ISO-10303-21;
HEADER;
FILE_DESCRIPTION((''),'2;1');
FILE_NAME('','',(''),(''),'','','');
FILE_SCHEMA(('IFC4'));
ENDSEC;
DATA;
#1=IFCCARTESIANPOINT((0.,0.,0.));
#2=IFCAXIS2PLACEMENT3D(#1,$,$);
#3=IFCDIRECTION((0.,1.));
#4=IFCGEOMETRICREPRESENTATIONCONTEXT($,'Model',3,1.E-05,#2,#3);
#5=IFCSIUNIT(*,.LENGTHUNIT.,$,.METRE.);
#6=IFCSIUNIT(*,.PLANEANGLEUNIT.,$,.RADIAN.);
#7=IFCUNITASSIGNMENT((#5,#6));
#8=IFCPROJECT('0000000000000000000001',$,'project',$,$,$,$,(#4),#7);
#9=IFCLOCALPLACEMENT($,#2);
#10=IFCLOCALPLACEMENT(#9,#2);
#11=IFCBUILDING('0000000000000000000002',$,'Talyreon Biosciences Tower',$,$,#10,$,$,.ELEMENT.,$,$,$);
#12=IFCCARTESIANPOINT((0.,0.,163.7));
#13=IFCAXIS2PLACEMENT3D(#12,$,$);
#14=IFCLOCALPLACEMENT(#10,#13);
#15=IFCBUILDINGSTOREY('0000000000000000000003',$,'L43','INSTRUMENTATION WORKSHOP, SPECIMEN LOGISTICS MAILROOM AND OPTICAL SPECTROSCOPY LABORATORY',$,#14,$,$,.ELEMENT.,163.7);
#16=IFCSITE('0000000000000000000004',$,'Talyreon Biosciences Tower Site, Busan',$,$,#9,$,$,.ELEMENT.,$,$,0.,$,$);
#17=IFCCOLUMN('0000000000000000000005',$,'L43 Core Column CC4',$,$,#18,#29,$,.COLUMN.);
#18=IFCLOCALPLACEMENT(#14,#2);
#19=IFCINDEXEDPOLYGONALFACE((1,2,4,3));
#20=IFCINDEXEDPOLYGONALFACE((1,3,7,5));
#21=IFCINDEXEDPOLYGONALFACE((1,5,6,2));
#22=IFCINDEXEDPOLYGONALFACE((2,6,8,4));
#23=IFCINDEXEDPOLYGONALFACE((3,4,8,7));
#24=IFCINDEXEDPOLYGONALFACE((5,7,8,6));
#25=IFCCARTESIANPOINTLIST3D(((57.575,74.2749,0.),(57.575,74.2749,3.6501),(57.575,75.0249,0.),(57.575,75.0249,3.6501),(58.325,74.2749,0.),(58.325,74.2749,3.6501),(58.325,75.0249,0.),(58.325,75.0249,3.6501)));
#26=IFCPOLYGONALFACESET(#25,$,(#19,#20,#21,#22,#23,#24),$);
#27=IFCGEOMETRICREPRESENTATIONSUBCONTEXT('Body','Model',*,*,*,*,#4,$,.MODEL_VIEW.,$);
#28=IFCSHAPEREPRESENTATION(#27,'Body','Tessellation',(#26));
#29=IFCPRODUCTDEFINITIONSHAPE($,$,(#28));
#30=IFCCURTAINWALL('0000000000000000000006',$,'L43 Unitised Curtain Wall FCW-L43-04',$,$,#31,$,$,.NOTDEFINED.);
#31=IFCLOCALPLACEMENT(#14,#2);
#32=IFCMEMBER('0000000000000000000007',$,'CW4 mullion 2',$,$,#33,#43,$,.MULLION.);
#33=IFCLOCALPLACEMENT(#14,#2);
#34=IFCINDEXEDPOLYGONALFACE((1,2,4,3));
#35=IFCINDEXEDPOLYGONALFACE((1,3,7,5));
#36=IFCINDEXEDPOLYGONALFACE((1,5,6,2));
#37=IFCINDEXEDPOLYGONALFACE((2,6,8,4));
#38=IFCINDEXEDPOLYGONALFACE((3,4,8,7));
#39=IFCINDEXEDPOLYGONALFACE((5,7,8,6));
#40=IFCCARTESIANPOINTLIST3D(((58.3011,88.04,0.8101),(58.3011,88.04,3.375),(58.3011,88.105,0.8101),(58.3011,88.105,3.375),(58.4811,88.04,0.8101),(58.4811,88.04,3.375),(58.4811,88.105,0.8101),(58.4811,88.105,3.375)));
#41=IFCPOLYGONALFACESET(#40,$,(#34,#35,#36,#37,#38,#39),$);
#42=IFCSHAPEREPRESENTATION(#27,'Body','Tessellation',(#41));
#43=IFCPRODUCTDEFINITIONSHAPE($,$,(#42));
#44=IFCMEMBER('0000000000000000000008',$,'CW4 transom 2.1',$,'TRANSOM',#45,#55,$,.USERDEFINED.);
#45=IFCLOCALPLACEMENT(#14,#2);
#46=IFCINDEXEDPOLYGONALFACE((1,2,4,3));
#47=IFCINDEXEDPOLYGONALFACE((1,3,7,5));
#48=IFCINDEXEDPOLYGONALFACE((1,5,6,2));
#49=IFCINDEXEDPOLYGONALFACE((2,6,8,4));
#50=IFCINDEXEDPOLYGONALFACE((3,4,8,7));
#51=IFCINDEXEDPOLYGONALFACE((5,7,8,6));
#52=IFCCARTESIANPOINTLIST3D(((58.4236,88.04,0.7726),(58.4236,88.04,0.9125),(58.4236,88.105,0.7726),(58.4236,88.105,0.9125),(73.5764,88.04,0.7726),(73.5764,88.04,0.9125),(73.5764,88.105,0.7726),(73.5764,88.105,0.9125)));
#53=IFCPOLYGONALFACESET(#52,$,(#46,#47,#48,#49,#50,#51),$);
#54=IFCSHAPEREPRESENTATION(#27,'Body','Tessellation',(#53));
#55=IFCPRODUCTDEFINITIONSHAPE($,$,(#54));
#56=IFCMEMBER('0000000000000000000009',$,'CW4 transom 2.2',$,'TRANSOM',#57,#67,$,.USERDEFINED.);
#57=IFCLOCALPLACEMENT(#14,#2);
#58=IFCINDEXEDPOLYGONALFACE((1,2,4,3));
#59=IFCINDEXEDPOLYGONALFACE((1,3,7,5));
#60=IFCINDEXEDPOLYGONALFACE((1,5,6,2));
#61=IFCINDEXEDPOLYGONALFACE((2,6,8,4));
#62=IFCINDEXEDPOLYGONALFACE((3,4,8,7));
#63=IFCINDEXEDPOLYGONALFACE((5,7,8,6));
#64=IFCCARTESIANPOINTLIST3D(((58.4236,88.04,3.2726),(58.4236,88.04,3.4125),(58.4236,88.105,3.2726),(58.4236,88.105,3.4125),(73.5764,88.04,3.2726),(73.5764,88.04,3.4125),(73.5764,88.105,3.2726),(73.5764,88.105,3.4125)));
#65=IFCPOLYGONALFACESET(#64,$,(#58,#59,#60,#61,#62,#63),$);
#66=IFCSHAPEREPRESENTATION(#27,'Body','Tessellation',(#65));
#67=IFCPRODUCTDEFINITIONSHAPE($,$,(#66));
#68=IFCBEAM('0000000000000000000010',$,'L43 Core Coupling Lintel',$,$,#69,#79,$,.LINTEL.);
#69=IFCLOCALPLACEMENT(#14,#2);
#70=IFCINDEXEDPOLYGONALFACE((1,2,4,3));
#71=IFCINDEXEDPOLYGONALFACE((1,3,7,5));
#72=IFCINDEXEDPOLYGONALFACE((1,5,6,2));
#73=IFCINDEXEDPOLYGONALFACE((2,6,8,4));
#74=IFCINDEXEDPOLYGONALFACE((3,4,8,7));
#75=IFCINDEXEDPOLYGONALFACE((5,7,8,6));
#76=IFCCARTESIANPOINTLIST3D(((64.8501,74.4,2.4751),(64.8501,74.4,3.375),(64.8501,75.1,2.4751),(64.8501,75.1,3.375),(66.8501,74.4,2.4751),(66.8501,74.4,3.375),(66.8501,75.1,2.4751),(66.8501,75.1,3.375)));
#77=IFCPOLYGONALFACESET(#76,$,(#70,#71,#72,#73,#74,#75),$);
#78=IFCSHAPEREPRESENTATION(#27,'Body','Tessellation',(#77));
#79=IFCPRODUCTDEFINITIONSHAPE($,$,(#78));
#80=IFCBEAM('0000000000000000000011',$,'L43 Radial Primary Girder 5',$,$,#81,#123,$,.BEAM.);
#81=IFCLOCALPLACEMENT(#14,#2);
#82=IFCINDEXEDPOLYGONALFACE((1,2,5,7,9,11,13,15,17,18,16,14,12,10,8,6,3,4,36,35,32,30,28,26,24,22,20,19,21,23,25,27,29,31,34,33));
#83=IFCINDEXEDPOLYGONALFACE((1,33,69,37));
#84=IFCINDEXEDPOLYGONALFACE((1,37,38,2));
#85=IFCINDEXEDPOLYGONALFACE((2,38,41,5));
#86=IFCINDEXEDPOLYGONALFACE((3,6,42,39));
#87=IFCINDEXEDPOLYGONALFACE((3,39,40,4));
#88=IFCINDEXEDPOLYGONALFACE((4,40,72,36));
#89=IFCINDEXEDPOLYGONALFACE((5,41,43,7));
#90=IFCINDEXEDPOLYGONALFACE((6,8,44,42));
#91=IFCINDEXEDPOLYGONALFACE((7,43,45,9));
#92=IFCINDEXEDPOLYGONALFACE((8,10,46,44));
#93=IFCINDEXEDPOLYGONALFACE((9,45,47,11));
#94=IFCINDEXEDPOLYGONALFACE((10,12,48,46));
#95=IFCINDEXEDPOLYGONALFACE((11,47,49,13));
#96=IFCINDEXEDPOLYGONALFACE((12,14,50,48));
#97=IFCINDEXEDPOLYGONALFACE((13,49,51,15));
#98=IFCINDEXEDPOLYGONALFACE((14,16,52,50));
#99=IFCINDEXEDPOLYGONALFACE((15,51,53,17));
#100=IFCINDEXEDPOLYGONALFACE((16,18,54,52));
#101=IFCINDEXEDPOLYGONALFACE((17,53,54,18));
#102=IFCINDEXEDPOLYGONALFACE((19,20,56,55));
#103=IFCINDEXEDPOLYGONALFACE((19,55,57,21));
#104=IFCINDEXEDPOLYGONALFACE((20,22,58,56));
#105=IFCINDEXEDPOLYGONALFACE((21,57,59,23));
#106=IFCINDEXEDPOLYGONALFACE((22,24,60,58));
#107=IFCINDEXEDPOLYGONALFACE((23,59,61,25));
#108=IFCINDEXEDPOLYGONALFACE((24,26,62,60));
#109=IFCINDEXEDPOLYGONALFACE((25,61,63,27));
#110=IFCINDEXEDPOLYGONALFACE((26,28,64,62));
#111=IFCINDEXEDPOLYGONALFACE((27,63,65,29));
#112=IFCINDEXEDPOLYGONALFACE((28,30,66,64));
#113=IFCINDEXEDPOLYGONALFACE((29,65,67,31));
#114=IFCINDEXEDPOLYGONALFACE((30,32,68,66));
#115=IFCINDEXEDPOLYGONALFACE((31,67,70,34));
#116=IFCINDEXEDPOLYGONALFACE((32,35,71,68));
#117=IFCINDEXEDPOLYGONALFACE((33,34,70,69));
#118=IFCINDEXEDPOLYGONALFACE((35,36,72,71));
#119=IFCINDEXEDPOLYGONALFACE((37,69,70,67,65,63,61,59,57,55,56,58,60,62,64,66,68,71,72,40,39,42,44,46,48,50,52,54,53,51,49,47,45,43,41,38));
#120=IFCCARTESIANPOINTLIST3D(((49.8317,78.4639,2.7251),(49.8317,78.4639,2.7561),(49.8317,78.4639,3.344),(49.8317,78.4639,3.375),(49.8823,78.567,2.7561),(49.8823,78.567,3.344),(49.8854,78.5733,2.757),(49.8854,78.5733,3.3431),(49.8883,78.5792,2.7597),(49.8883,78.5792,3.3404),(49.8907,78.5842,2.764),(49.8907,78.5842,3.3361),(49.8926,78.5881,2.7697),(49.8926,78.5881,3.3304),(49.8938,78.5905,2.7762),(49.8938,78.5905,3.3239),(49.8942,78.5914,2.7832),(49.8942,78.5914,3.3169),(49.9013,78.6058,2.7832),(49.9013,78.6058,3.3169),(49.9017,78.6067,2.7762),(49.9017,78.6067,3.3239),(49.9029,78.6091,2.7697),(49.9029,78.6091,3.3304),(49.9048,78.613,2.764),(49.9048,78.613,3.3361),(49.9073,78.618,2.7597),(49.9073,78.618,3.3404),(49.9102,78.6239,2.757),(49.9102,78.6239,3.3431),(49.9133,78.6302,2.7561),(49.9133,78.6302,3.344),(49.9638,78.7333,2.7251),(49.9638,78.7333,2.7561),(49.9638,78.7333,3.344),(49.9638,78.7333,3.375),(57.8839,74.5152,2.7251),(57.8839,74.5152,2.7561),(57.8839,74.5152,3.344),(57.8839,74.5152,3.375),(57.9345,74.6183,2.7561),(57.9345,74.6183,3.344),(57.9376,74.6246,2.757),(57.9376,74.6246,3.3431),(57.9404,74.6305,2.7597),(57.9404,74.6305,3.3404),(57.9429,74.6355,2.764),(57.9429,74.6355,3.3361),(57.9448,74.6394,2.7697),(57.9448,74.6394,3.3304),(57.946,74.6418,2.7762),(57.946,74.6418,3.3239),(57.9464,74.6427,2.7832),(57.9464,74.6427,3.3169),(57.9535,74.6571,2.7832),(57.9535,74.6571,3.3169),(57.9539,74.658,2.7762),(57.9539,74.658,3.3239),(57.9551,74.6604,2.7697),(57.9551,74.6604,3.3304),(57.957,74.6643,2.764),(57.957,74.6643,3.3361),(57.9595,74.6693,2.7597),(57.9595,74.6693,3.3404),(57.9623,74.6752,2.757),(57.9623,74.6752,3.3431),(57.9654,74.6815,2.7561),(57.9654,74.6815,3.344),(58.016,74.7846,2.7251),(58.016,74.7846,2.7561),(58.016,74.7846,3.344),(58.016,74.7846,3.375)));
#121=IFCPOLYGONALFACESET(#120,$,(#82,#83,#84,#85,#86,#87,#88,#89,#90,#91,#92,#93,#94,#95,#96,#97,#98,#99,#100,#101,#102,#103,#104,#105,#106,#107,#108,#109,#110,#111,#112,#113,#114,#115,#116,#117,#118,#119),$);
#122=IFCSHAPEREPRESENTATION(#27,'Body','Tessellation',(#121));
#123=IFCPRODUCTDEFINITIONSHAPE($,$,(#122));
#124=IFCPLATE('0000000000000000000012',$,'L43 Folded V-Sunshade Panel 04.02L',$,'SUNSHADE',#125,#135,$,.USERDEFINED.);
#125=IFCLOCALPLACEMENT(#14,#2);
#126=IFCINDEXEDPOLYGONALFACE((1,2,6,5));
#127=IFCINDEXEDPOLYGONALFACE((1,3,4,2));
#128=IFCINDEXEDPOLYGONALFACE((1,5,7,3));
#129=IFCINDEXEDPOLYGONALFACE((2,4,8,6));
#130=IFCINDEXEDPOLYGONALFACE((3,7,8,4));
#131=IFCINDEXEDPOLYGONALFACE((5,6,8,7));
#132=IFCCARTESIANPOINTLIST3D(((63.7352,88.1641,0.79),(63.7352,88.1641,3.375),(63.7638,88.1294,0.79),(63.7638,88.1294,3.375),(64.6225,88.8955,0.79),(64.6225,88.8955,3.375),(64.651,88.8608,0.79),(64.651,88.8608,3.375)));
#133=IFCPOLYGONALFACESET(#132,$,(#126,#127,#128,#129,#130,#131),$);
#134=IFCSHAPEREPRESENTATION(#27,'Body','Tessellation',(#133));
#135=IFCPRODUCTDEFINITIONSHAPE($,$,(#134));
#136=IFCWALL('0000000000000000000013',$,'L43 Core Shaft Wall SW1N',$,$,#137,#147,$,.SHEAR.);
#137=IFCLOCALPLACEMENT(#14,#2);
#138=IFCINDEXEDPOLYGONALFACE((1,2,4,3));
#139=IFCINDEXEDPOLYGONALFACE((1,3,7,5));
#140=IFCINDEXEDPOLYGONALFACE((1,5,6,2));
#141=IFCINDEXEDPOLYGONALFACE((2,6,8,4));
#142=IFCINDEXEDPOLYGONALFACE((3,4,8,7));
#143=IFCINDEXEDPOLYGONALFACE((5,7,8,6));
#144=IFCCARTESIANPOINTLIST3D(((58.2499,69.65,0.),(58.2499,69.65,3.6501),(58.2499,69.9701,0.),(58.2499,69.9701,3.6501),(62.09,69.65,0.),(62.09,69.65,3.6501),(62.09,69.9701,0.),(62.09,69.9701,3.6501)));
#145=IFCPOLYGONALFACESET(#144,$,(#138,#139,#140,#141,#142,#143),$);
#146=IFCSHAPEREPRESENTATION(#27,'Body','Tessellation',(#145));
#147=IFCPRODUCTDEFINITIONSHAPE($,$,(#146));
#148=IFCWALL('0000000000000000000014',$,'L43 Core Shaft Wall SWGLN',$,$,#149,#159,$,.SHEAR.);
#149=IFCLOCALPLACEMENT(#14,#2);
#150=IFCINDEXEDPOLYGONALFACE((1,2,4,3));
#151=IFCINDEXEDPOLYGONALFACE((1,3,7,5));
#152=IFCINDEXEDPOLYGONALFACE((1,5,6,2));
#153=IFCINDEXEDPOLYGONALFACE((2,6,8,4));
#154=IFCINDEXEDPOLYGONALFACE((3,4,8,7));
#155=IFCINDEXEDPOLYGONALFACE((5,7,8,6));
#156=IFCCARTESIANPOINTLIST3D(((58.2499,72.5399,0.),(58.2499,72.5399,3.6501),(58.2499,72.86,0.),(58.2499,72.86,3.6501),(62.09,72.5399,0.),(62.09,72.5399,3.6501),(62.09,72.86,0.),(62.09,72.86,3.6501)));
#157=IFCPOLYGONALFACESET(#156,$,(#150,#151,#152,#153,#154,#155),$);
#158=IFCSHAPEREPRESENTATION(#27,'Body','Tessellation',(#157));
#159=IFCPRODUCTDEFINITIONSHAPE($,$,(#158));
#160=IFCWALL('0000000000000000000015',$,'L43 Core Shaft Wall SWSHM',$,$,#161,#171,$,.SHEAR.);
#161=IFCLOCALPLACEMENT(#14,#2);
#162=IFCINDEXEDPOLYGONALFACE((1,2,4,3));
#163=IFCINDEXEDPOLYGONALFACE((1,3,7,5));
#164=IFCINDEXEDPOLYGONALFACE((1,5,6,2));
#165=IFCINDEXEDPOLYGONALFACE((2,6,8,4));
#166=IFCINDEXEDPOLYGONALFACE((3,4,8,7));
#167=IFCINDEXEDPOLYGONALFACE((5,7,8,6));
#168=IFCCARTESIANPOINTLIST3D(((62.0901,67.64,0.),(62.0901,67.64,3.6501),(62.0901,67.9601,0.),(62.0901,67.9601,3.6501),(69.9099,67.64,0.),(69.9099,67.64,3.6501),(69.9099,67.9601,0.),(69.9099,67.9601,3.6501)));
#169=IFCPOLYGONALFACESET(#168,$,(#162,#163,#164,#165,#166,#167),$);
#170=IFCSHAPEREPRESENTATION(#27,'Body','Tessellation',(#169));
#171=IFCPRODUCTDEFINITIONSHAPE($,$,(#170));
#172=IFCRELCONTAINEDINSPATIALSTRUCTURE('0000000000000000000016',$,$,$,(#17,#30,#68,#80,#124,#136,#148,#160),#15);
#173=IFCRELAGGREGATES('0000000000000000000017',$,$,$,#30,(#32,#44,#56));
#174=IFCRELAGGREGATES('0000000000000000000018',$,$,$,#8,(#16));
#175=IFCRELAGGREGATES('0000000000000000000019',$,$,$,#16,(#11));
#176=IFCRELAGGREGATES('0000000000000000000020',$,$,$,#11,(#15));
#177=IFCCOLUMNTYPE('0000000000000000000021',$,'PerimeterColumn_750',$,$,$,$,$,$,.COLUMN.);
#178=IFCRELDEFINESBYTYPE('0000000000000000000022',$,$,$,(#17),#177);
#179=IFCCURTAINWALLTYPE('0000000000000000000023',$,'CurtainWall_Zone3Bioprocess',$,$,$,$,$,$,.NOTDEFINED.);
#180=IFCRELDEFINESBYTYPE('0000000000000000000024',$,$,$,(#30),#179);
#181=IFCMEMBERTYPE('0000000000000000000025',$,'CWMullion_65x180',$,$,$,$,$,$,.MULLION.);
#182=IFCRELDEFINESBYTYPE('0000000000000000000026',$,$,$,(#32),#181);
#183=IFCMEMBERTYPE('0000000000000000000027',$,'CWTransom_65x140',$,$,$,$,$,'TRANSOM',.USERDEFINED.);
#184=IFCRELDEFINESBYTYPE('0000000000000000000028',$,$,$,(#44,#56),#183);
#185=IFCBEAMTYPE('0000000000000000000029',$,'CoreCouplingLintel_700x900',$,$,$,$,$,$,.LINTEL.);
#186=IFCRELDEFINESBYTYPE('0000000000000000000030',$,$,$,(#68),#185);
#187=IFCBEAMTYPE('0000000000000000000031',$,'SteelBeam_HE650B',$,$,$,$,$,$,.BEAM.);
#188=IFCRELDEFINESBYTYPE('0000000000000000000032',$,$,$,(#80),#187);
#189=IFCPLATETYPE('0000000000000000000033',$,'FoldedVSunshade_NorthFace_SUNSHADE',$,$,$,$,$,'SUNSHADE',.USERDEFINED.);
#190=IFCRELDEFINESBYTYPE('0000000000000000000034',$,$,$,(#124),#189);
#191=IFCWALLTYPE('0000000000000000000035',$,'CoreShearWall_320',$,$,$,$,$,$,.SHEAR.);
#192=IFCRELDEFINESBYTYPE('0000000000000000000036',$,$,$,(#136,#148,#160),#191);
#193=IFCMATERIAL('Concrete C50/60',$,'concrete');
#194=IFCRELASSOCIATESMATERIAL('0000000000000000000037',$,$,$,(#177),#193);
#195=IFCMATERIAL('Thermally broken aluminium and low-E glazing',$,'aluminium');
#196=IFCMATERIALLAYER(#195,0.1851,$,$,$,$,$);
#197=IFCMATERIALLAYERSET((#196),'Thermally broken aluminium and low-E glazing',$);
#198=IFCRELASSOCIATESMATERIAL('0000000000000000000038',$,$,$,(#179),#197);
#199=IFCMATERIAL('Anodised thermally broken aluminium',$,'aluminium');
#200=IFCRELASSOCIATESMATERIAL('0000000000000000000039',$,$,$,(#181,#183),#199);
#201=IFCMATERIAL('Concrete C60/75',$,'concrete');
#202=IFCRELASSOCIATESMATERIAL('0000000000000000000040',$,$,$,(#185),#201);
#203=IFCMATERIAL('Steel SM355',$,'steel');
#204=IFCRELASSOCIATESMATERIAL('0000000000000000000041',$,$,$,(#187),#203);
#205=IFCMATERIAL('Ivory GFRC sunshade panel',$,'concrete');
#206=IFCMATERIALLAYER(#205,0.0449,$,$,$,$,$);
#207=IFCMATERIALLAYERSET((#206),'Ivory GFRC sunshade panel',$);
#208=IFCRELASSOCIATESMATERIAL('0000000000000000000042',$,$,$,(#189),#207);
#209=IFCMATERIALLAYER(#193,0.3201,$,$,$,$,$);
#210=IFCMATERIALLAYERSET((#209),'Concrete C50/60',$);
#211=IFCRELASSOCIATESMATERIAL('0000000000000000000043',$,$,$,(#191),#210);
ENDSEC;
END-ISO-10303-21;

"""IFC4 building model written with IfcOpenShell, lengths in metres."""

from ifc_helpers import new_model, si_unit, direction, frame, frame_2d, origin, origin_2d, place, context, subcontext, project, spatial, rectangle, i_section, extrude, material, layer, layer_set, material_profile, profile_set, type_object, element, aggregate, save


model = new_model("IFC4")

# Units and contexts
model_context = context("Model", 3, precision=1e-05, world=origin(), true_north=direction((0.0, 1.0)))
body_context = subcontext(model_context, "Body", "Model", "MODEL_VIEW")
ifc_project = project(units=[si_unit("LENGTHUNIT", "METRE"), si_unit("PLANEANGLEUNIT", "RADIAN")], contexts=[model_context])

# Site, building, storey
site_placement = place(None, origin())
site = spatial("IfcSite", under=ifc_project, at=site_placement, Name="Talyreon Biosciences Tower Site, Busan", CompositionType="ELEMENT", RefElevation=0.0)
building_placement = place(site_placement, origin())
building = spatial("IfcBuilding", under=site, at=building_placement, Name="Talyreon Biosciences Tower", CompositionType="ELEMENT")
storey_placement = place(building_placement, frame((0.0, 0.0, 163.7)))
storey = spatial("IfcBuildingStorey", under=building, at=storey_placement, Name="L43", Description="INSTRUMENTATION WORKSHOP, SPECIMEN LOGISTICS MAILROOM AND OPTICAL SPECTROSCOPY LABORATORY", CompositionType="ELEMENT", Elevation=163.7)

# Column
ifc_material_1 = material(Name="Concrete C50/60", Category="concrete")
ifc_material_profile_1 = material_profile(ifc_material_1, rectangle(XDim=0.75, YDim=0.75, at=origin_2d()), Name="RC 750x750")
ifc_profile_set_1 = profile_set([ifc_material_profile_1], Name="Concrete C50/60")
column_type = type_object("IfcColumnType", Name="PerimeterColumn_750", PredefinedType="COLUMN", material=ifc_profile_set_1)
column_placement = place(storey_placement, frame((57.95, 74.6499, 0.0), z_axis=(0.0, 0.0, 1.0), x_axis=(1.0, 0.0, 0.0)))
element("IfcColumn", 1, at=column_placement, inside=storey, type_object=column_type, Name="L43 Core Column CC4", PredefinedType="COLUMN", context=body_context, shape_type="SweptSolid", body=[
    extrude(rectangle(XDim=0.75, YDim=0.75, at=origin_2d()), origin(), (0.0, 0.0, 1.0), 3.6501),
])

# Curtain wall, members
ifc_material_2 = material(Name="Thermally broken aluminium and low-E glazing", Category="aluminium")
ifc_layer_1 = layer(ifc_material_2, 0.1851)
ifc_layer_set_1 = layer_set([ifc_layer_1], Name="Thermally broken aluminium and low-E glazing")
curtain_wall_type = type_object("IfcCurtainWallType", Name="CurtainWall_Zone3Bioprocess", PredefinedType="NOTDEFINED", material=ifc_layer_set_1)
curtain_wall_placement = place(storey_placement, origin())
curtain_wall = element("IfcCurtainWall", 2, at=curtain_wall_placement, inside=storey, type_object=curtain_wall_type, Name="L43 Unitised Curtain Wall FCW-L43-04", PredefinedType="NOTDEFINED")
ifc_material_3 = material(Name="Anodised thermally broken aluminium", Category="aluminium")
ifc_material_profile_2 = material_profile(ifc_material_3, rectangle(XDim=0.0649, YDim=0.1799, at=origin_2d()), Name="ALUM MULLION 65x180")
ifc_profile_set_2 = profile_set([ifc_material_profile_2], Name="Anodised thermally broken aluminium")
member_type_1 = type_object("IfcMemberType", Name="CWMullion_65x180", PredefinedType="MULLION", material=ifc_profile_set_2)
member_1_placement = place(storey_placement, frame((58.3911, 88.0725, 0.8101), z_axis=(0.0, 0.0, 1.0), x_axis=(0.0, 1.0, 0.0)))
member_1 = element("IfcMember", 3, at=member_1_placement, type_object=member_type_1, Name="CW4 mullion 2", PredefinedType="MULLION", context=body_context, shape_type="SweptSolid", body=[
    extrude(rectangle(XDim=0.0649, YDim=0.1799, at=origin_2d()), origin(), (0.0, 0.0, 1.0), 2.5649),
])
ifc_material_profile_3 = material_profile(ifc_material_3, rectangle(XDim=0.0649, YDim=0.1399, at=origin_2d()), Name="ALUM TRANSOM 65x140")
ifc_profile_set_3 = profile_set([ifc_material_profile_3], Name="Anodised thermally broken aluminium")
member_type_2 = type_object("IfcMemberType", Name="CWTransom_65x140", ElementType="TRANSOM", PredefinedType="USERDEFINED", material=ifc_profile_set_3)
member_2_placement = place(storey_placement, frame((58.4236, 88.0725, 0.8425), z_axis=(1.0, 0.0, 0.0), x_axis=(0.0, 1.0, 0.0)))
member_2 = element("IfcMember", 4, at=member_2_placement, type_object=member_type_2, Name="CW4 transom 2.1", ObjectType="TRANSOM", PredefinedType="USERDEFINED", context=body_context, shape_type="SweptSolid", body=[
    extrude(rectangle(XDim=0.0649, YDim=0.1399, at=origin_2d()), origin(), (0.0, 0.0, 1.0), 15.1528),
])
member_3_placement = place(storey_placement, frame((58.4236, 88.0725, 3.3425), z_axis=(1.0, 0.0, 0.0), x_axis=(0.0, 1.0, 0.0)))
member_3 = element("IfcMember", 5, at=member_3_placement, type_object=member_type_2, Name="CW4 transom 2.2", ObjectType="TRANSOM", PredefinedType="USERDEFINED", context=body_context, shape_type="SweptSolid", body=[
    extrude(rectangle(XDim=0.0649, YDim=0.1399, at=origin_2d()), origin(), (0.0, 0.0, 1.0), 15.1528),
])
aggregate(curtain_wall, [member_1, member_2, member_3])

# Beams
ifc_material_4 = material(Name="Concrete C60/75", Category="concrete")
ifc_material_profile_4 = material_profile(ifc_material_4, rectangle(XDim=0.7, YDim=0.8999, at=origin_2d()), Name="RCB 700x900")
ifc_profile_set_4 = profile_set([ifc_material_profile_4], Name="Concrete C60/75")
beam_type_1 = type_object("IfcBeamType", Name="CoreCouplingLintel_700x900", PredefinedType="LINTEL", material=ifc_profile_set_4)
beam_1_placement = place(storey_placement, frame((64.8501, 74.75, 2.925), z_axis=(1.0, 0.0, 0.0), x_axis=(0.0, 1.0, 0.0)))
element("IfcBeam", 6, at=beam_1_placement, inside=storey, type_object=beam_type_1, Name="L43 Core Coupling Lintel", PredefinedType="LINTEL", context=body_context, shape_type="SweptSolid", body=[
    extrude(rectangle(XDim=0.7, YDim=0.8999, at=origin_2d()), origin(), (0.0, 0.0, 1.0), 2.0),
])
ifc_material_5 = material(Name="Steel SM355", Category="steel")
ifc_material_profile_5 = material_profile(ifc_material_5, i_section(OverallWidth=0.3, OverallDepth=0.6499, WebThickness=0.0161, FlangeThickness=0.031, FilletRadius=0.0271, at=origin_2d()), Name="HE650B")
ifc_profile_set_5 = profile_set([ifc_material_profile_5], Name="Steel SM355")
beam_type_2 = type_object("IfcBeamType", Name="SteelBeam_HE650B", PredefinedType="BEAM", material=ifc_profile_set_5)
beam_2_placement = place(storey_placement, frame((57.95, 74.6499, 3.05), z_axis=(-0.897852, 0.440297, 0.0), x_axis=(-0.440297, -0.897852, 0.0)))
element("IfcBeam", 7, at=beam_2_placement, inside=storey, type_object=beam_type_2, Name="L43 Radial Primary Girder 5", PredefinedType="BEAM", context=body_context, shape_type="SweptSolid", body=[
    extrude(i_section(OverallWidth=0.3, OverallDepth=0.6499, WebThickness=0.0161, FlangeThickness=0.031, FilletRadius=0.0271, at=origin_2d()), origin(), (0.0, 0.0, 1.0), 8.9683),
])

# Plate
ifc_material_6 = material(Name="Ivory GFRC sunshade panel", Category="concrete")
ifc_layer_2 = layer(ifc_material_6, 0.0449)
ifc_layer_set_2 = layer_set([ifc_layer_2], Name="Ivory GFRC sunshade panel")
plate_type = type_object("IfcPlateType", Name="FoldedVSunshade_NorthFace_SUNSHADE", ElementType="SUNSHADE", PredefinedType="USERDEFINED", material=ifc_layer_set_2)
plate_placement = place(storey_placement, frame((64.1931, 88.5125, 0.79), z_axis=(0.0, 0.0, 1.0), x_axis=(0.771625, 0.636078, 0.0)))
element("IfcPlate", 8, at=plate_placement, inside=storey, type_object=plate_type, Name="L43 Folded V-Sunshade Panel 04.02L", ObjectType="SUNSHADE", PredefinedType="USERDEFINED", context=body_context, shape_type="SweptSolid", body=[
    extrude(rectangle(XDim=1.1499, YDim=0.0449, at=origin_2d()), origin(), (0.0, 0.0, 1.0), 2.585),
])

# Walls
ifc_layer_3 = layer(ifc_material_1, 0.3201)
ifc_layer_set_3 = layer_set([ifc_layer_3], Name="Concrete C50/60")
wall_type_1 = type_object("IfcWallType", Name="CoreShearWall_320", PredefinedType="SHEAR", material=ifc_layer_set_3)
for number, where, z_axis, x_axis, name in (
    (9, (58.25, 69.8101, 0.0), (0.0, 0.0, 1.0), (1.0, 0.0, 0.0), "L43 Core Shaft Wall SW1N"),
    (10, (58.25, 72.7, 0.0), (0.0, 0.0, 1.0), (1.0, 0.0, 0.0), "L43 Core Shaft Wall SWGLN"),
):
    element("IfcWall", number, at=place(storey_placement, frame(where, z_axis=z_axis, x_axis=x_axis)), inside=storey, type_object=wall_type_1, Name=name, PredefinedType="SHEAR", context=body_context, shape_type="SweptSolid", body=[
        extrude(rectangle(XDim=3.8401, YDim=0.3201, at=frame_2d((1.9199, 0.0))), origin(), (0.0, 0.0, 1.0), 3.6501),
    ])
wall_1_placement = place(storey_placement, frame((62.0901, 67.8, 0.0), z_axis=(0.0, 0.0, 1.0), x_axis=(1.0, 0.0, 0.0)))
element("IfcWall", 11, at=wall_1_placement, inside=storey, type_object=wall_type_1, Name="L43 Core Shaft Wall SWSHM", PredefinedType="SHEAR", context=body_context, shape_type="SweptSolid", body=[
    extrude(rectangle(XDim=7.8198, YDim=0.3201, at=frame_2d((3.9099, 0.0))), origin(), (0.0, 0.0, 1.0), 3.6501),
])

save(model, "model.ifc")
